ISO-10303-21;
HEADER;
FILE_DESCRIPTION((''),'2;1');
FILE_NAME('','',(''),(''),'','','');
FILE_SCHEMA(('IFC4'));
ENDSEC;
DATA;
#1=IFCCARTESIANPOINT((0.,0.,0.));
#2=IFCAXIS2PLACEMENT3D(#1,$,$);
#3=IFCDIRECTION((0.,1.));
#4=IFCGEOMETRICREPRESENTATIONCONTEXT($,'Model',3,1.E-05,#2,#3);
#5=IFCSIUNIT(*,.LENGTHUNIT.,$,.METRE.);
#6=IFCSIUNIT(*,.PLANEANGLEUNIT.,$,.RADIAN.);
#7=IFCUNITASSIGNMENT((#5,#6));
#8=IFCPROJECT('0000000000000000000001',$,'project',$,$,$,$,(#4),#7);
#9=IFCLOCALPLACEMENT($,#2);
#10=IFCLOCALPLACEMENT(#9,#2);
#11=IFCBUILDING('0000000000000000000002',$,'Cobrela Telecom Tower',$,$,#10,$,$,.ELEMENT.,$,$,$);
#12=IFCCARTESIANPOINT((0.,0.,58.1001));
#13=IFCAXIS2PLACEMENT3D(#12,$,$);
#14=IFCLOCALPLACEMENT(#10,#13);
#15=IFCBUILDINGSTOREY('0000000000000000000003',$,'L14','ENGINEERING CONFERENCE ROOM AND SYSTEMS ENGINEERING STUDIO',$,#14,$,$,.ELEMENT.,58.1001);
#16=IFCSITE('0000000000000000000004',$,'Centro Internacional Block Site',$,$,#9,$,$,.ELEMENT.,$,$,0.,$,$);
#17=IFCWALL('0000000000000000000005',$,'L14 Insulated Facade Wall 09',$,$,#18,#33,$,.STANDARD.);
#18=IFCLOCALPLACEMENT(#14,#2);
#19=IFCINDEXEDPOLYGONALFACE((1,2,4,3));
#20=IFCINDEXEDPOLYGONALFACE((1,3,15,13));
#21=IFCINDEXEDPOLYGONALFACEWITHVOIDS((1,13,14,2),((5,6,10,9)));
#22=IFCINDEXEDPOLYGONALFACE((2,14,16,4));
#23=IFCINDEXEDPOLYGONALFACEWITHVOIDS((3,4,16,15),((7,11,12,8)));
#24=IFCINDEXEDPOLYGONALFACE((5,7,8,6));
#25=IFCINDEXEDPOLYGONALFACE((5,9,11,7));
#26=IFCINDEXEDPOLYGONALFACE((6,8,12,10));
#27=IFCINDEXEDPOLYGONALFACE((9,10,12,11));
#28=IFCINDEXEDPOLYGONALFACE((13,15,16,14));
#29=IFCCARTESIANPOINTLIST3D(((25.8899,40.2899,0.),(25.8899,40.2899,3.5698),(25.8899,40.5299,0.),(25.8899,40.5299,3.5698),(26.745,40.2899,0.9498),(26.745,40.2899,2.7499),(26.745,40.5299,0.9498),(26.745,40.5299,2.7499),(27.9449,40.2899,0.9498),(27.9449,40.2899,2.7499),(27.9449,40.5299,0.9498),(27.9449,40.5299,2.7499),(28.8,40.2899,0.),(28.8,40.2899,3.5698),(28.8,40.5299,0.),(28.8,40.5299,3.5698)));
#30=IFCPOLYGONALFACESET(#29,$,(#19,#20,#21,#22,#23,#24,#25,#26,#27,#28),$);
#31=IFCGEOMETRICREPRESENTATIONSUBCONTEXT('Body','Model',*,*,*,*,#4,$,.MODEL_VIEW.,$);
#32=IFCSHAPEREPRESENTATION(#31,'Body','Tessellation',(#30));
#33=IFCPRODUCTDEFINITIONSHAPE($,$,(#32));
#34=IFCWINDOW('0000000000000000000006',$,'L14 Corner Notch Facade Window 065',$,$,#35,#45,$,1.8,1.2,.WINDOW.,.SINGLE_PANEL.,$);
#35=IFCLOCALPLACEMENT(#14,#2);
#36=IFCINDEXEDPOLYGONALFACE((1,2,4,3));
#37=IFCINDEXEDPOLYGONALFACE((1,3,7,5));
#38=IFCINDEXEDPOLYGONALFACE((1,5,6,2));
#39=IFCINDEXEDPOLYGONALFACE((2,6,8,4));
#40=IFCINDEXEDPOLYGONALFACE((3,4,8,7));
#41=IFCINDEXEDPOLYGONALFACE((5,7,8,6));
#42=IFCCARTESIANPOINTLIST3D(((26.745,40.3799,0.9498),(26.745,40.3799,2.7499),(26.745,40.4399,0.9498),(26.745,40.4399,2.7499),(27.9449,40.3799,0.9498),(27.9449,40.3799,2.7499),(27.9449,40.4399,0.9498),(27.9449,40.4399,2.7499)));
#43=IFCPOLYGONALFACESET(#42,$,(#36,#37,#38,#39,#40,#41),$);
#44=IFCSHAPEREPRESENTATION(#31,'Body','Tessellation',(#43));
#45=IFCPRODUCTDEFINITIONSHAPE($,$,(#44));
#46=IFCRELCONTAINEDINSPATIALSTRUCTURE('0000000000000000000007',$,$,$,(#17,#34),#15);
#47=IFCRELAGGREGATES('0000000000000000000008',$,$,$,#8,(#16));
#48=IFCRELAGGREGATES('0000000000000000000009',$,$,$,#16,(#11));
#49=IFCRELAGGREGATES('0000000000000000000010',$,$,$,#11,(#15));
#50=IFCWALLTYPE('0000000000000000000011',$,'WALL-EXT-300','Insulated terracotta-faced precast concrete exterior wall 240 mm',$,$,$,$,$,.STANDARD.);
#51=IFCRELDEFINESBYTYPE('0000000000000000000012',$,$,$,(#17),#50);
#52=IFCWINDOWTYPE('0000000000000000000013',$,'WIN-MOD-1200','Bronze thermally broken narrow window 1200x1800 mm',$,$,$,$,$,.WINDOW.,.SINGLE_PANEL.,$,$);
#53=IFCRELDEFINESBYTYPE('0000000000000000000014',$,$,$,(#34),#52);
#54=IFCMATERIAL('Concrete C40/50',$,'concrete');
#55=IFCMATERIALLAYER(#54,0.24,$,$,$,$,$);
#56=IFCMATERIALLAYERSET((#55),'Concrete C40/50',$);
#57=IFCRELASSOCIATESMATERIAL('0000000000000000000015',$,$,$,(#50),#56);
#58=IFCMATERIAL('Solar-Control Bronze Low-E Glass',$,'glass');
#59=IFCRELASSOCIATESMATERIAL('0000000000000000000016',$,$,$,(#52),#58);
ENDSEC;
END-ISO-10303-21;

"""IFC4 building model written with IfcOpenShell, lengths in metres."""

from ifc_helpers import new_model, si_unit, direction, frame, frame_2d, origin, place, context, subcontext, project, spatial, rectangle, extrude, material, layer, layer_set, type_object, element, fill, save


model = new_model("IFC4")

# Units and contexts
model_context = context("Model", 3, precision=1e-05, world=origin(), true_north=direction((0.0, 1.0)))
body_context = subcontext(model_context, "Body", "Model", "MODEL_VIEW")
ifc_project = project(units=[si_unit("LENGTHUNIT", "METRE"), si_unit("PLANEANGLEUNIT", "RADIAN")], contexts=[model_context])

# Site, building, storey
site_placement = place(None, origin())
site = spatial("IfcSite", under=ifc_project, at=site_placement, Name="Centro Internacional Block Site", CompositionType="ELEMENT", RefElevation=0.0)
building_placement = place(site_placement, origin())
building = spatial("IfcBuilding", under=site, at=building_placement, Name="Cobrela Telecom Tower", CompositionType="ELEMENT")
storey_placement = place(building_placement, frame((0.0, 0.0, 58.1001)))
storey = spatial("IfcBuildingStorey", under=building, at=storey_placement, Name="L14", Description="ENGINEERING CONFERENCE ROOM AND SYSTEMS ENGINEERING STUDIO", CompositionType="ELEMENT", Elevation=58.1001)

# Shared definitions
ifc_material_1 = material(Name="Solar-Control Bronze Low-E Glass", Category="glass")

# Wall, opening, window
ifc_material_2 = material(Name="Concrete C40/50", Category="concrete")
ifc_layer_1 = layer(ifc_material_2, 0.24)
ifc_layer_set_1 = layer_set([ifc_layer_1], Name="Concrete C40/50")
wall_type = type_object("IfcWallType", Name="WALL-EXT-300", Description="Insulated terracotta-faced precast concrete exterior wall 240 mm", PredefinedType="STANDARD", material=ifc_layer_set_1)
wall_1_placement = place(storey_placement, frame((25.8899, 40.4099, 0.0), z_axis=(0.0, 0.0, 1.0), x_axis=(1.0, 0.0, 0.0)))
wall_1 = element("IfcWall", 1, at=wall_1_placement, inside=storey, type_object=wall_type, Name="L14 Insulated Facade Wall 09", PredefinedType="STANDARD", context=body_context, shape_type="SweptSolid", body=[
    extrude(rectangle(XDim=2.9102, YDim=0.24, at=frame_2d((1.4551, 0.0))), origin(), (0.0, 0.0, 1.0), 3.5698),
])
opening_1_placement = place(wall_1_placement, frame((0.855, 0.0, 0.95)))
opening_1 = element("IfcOpeningElement", 2, at=opening_1_placement, cuts=wall_1, PredefinedType="OPENING", context=body_context, shape_type="SweptSolid", body=[
    extrude(rectangle(XDim=1.2, YDim=1.8, at=frame_2d((0.6001, 0.8999))), frame((0.0, 0.1318, 0.0), z_axis=(0.0, -1.0, 0.0), x_axis=(1.0, 0.0, 0.0)), (0.0, 0.0, 1.0), 0.2639),
])
window_type_1 = type_object("IfcWindowType", Name="WIN-MOD-1200", Description="Bronze thermally broken narrow window 1200x1800 mm", PartitioningType="SINGLE_PANEL", PredefinedType="WINDOW", material=ifc_material_1)
window_1_placement = place(opening_1_placement, origin())
window_1 = element("IfcWindow", 3, at=window_1_placement, inside=storey, type_object=window_type_1, Name="L14 Corner Notch Facade Window 065", OverallHeight=1.8, OverallWidth=1.2, PartitioningType="SINGLE_PANEL", PredefinedType="WINDOW", context=body_context, shape_type="SweptSolid", body=[
    extrude(rectangle(XDim=1.2, YDim=1.8, at=frame_2d((0.6001, 0.8999))), frame((0.0, 0.03, 0.0), z_axis=(0.0, -1.0, 0.0), x_axis=(1.0, 0.0, 0.0)), (0.0, 0.0, 1.0), 0.0601),
])
fill(opening_1, window_1)

save(model, "model.ifc")
